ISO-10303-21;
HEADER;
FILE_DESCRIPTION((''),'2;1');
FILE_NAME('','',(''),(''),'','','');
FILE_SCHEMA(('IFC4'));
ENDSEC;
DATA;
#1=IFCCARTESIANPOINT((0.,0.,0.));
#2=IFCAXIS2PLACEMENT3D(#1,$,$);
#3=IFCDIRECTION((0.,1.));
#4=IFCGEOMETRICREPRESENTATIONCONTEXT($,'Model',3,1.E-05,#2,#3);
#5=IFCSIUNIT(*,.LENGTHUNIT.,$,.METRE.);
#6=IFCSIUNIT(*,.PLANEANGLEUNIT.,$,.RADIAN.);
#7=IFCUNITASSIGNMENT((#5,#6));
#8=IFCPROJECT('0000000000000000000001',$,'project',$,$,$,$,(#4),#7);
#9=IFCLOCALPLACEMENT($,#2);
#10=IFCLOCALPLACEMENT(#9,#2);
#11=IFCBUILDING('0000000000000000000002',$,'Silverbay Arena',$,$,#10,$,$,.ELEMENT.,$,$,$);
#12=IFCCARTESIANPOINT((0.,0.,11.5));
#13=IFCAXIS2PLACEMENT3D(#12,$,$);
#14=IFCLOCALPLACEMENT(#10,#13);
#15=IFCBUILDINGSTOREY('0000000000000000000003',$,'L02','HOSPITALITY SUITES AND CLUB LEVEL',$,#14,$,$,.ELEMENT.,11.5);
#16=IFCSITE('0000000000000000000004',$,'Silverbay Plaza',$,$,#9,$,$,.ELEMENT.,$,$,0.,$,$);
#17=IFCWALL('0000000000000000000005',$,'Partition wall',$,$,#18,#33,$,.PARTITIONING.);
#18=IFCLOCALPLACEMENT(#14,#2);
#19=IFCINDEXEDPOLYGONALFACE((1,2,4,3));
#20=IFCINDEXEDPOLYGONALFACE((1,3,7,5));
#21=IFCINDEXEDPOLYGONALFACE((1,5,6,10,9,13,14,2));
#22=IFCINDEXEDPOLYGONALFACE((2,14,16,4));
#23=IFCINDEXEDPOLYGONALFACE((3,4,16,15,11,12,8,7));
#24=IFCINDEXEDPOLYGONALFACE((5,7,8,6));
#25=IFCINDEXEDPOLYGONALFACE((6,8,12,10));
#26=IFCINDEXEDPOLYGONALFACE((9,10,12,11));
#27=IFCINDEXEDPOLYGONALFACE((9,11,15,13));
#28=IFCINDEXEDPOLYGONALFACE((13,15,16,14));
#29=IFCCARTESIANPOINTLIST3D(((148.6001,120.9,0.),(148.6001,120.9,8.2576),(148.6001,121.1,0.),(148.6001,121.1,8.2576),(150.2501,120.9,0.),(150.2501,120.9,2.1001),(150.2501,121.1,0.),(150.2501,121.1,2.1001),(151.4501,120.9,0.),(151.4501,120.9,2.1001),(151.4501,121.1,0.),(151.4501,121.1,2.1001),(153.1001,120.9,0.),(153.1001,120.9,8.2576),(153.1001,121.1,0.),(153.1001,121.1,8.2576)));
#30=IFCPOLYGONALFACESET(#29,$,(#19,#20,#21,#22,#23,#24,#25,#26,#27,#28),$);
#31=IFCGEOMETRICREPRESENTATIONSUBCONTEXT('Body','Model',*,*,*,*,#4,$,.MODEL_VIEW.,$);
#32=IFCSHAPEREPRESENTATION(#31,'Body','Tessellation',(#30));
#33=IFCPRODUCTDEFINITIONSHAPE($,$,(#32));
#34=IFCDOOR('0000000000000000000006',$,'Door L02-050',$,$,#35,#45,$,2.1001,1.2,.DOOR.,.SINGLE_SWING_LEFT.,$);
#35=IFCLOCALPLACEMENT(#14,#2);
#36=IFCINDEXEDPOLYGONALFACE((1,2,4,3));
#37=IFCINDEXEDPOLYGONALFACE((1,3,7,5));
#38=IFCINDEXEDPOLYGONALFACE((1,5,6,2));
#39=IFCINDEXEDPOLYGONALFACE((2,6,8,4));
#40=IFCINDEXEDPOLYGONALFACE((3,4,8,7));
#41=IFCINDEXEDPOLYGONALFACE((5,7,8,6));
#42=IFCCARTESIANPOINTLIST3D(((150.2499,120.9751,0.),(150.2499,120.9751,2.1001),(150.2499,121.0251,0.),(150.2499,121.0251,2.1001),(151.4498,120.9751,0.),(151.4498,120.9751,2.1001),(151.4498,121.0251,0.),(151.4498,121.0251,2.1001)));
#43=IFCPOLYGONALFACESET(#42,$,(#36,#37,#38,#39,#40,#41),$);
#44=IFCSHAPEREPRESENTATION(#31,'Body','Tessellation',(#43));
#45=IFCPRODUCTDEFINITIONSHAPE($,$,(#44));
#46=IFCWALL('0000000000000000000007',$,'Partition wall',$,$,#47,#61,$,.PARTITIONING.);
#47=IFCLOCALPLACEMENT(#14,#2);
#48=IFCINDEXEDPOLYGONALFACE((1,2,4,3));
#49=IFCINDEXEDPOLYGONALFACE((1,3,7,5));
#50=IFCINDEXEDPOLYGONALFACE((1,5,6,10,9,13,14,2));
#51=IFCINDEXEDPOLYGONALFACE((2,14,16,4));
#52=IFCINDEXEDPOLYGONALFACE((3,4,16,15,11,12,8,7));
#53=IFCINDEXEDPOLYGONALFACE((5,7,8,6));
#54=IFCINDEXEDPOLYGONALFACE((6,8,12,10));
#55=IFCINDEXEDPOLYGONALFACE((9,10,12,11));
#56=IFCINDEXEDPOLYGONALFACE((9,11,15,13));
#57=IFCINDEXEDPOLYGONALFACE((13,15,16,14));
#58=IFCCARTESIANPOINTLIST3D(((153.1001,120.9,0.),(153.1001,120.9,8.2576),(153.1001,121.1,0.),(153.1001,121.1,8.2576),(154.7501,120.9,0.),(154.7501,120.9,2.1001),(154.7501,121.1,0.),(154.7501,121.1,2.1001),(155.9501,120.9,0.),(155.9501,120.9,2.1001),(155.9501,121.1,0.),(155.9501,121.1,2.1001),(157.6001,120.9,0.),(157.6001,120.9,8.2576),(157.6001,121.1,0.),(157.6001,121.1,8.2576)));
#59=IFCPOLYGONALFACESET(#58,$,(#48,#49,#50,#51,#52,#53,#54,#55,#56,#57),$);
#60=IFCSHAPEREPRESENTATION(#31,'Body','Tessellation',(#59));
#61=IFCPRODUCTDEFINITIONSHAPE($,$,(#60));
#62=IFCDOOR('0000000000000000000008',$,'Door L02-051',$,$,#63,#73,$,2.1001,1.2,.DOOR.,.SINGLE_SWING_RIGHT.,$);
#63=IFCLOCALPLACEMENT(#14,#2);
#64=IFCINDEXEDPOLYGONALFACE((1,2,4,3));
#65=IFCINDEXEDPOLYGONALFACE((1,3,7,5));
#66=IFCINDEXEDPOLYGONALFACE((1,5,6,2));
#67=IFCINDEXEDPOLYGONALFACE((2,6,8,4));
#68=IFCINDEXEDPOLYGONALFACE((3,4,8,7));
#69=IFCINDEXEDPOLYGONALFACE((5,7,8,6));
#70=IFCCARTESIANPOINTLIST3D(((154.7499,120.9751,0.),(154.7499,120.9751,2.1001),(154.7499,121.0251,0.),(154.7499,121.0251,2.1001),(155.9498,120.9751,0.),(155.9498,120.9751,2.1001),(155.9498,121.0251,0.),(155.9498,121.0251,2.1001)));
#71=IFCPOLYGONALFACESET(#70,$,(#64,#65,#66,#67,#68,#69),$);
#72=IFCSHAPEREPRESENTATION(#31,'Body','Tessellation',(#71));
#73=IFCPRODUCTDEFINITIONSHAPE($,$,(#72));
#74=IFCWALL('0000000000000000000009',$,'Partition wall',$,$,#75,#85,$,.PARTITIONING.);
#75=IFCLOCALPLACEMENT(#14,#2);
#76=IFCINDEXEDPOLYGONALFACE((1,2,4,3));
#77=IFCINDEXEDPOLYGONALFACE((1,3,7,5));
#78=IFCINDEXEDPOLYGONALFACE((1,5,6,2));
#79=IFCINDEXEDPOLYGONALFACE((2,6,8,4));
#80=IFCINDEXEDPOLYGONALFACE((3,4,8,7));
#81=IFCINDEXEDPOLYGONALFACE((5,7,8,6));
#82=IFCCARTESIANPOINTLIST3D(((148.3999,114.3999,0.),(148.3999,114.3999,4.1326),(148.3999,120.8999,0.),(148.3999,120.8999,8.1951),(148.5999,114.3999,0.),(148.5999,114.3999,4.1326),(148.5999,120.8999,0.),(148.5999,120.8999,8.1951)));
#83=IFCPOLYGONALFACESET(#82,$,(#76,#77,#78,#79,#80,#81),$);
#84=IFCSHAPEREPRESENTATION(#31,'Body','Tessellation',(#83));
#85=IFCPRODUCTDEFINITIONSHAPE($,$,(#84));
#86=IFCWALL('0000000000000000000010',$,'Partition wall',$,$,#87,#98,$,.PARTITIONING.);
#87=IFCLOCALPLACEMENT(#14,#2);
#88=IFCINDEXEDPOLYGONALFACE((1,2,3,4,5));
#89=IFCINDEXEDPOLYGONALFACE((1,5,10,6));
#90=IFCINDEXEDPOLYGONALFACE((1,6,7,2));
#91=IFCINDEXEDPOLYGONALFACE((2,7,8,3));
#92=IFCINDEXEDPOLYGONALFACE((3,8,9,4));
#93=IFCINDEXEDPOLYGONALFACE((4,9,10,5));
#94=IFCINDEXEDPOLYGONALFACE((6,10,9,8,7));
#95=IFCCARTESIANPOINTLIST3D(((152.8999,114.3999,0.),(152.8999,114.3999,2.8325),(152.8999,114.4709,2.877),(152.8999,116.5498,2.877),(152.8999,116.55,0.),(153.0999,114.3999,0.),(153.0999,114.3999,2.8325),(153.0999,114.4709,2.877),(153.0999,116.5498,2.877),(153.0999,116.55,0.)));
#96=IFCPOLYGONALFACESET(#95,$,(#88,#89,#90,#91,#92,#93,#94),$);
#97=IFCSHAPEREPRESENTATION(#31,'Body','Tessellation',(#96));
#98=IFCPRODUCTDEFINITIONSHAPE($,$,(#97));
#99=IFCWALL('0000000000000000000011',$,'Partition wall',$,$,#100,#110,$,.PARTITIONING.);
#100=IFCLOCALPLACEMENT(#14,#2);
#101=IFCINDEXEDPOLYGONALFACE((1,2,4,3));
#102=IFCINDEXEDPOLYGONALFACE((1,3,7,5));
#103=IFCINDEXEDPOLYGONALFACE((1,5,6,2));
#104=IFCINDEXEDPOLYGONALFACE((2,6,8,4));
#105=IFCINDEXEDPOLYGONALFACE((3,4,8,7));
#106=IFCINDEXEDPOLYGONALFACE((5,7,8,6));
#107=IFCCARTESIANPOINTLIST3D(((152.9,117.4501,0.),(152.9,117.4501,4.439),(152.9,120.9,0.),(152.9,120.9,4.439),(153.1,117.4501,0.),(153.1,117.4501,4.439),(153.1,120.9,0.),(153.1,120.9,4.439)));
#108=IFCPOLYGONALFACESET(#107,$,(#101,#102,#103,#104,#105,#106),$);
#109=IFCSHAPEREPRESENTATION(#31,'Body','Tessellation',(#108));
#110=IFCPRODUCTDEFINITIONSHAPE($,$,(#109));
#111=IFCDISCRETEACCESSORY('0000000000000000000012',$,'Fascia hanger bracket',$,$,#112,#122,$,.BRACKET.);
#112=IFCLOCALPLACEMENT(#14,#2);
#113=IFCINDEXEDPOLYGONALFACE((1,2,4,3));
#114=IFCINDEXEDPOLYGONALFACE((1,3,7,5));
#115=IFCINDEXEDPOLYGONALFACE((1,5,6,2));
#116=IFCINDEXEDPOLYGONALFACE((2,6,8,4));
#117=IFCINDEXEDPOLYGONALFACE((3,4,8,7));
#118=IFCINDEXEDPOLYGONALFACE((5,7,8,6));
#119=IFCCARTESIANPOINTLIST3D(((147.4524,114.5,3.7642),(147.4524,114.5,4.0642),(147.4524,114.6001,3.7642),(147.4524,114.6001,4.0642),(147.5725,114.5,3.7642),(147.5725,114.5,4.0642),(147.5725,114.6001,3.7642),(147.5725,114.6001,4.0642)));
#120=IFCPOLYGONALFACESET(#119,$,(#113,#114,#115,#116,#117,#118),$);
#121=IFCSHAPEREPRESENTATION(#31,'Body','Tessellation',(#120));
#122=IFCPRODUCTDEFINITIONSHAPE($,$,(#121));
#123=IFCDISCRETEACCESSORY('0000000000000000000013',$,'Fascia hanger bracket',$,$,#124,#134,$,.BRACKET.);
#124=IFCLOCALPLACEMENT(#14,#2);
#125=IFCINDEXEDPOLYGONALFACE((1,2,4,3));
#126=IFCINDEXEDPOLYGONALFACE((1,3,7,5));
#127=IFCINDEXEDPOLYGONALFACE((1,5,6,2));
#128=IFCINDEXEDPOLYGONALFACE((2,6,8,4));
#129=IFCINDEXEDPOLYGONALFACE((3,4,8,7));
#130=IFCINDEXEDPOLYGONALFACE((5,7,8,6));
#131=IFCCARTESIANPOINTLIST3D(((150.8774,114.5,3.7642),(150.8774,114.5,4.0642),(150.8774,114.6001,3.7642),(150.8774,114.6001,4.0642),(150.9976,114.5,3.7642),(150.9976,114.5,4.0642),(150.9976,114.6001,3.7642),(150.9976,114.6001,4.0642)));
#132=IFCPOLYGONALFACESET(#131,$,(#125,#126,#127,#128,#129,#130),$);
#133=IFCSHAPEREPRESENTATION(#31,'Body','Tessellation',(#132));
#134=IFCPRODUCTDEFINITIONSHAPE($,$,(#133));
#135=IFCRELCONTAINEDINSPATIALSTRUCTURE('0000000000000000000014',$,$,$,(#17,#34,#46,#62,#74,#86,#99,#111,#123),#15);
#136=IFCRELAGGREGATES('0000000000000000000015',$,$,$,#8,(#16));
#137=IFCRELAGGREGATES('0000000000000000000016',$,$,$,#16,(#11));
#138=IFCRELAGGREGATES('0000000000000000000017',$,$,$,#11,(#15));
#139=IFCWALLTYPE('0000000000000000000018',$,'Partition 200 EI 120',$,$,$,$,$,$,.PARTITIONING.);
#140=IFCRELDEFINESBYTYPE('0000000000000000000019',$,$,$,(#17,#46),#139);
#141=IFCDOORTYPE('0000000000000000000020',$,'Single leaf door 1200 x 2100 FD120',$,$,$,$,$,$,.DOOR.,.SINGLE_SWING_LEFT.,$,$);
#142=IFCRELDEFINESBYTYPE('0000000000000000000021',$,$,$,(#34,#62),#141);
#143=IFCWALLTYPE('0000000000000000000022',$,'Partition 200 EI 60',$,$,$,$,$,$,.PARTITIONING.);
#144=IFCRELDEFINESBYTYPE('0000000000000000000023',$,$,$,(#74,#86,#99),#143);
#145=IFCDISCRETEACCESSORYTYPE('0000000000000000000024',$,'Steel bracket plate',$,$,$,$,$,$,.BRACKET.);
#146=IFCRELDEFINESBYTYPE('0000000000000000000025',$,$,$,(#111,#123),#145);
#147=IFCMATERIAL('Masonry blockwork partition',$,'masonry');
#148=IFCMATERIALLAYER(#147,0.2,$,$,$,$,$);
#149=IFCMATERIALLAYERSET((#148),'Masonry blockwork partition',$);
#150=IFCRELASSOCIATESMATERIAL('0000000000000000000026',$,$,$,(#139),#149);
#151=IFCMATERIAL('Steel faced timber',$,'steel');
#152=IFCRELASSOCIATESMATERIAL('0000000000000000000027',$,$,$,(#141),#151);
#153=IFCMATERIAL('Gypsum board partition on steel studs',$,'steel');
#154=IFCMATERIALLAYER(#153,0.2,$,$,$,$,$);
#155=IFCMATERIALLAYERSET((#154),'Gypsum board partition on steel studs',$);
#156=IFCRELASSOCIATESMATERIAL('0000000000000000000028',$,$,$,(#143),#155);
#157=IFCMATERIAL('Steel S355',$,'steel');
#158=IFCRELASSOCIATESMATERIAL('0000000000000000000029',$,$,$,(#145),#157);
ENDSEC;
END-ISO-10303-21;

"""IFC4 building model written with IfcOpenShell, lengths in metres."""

from ifc_helpers import new_model, si_unit, direction, frame, frame_2d, origin, origin_2d, place, context, subcontext, project, spatial, polyline, rectangle, outline, extrude, material, layer, layer_set, type_object, element, fill, save


model = new_model("IFC4")

# Units and contexts
model_context = context("Model", 3, precision=1e-05, world=origin(), true_north=direction((0.0, 1.0)))
body_context = subcontext(model_context, "Body", "Model", "MODEL_VIEW")
ifc_project = project(units=[si_unit("LENGTHUNIT", "METRE"), si_unit("PLANEANGLEUNIT", "RADIAN")], contexts=[model_context])

# Site, building, storey
site_placement = place(None, origin())
site = spatial("IfcSite", under=ifc_project, at=site_placement, Name="Silverbay Plaza", CompositionType="ELEMENT", RefElevation=0.0)
building_placement = place(site_placement, origin())
building = spatial("IfcBuilding", under=site, at=building_placement, Name="Silverbay Arena", CompositionType="ELEMENT")
storey_placement = place(building_placement, frame((0.0, 0.0, 11.5)))
storey = spatial("IfcBuildingStorey", under=building, at=storey_placement, Name="L02", Description="HOSPITALITY SUITES AND CLUB LEVEL", CompositionType="ELEMENT", Elevation=11.5)

# Walls, openings, doors
ifc_material_1 = material(Name="Masonry blockwork partition", Category="masonry")
ifc_layer_1 = layer(ifc_material_1, 0.2)
ifc_layer_set_1 = layer_set([ifc_layer_1], Name="Masonry blockwork partition")
wall_type_1 = type_object("IfcWallType", Name="Partition 200 EI 120", PredefinedType="PARTITIONING", material=ifc_layer_set_1)
wall_1_placement = place(storey_placement, frame((148.6001, 121.0, 0.0), z_axis=(0.0, 0.0, 1.0), x_axis=(1.0, 0.0, 0.0)))
wall_1 = element("IfcWall", 1, at=wall_1_placement, inside=storey, type_object=wall_type_1, Name="Partition wall", PredefinedType="PARTITIONING", context=body_context, shape_type="SweptSolid", body=[
    extrude(rectangle(XDim=4.5, YDim=0.2, at=frame_2d((2.25, 0.0))), origin(), (0.0, 0.0, 1.0), 8.2576),
])
opening_1_placement = place(wall_1_placement, frame((1.6499, 0.0, 0.0)))
opening_1 = element("IfcOpeningElement", 2, at=opening_1_placement, cuts=wall_1, PredefinedType="OPENING", context=body_context, shape_type="SweptSolid", body=[
    extrude(rectangle(XDim=1.2, YDim=2.1001, at=frame_2d((0.6001, 1.05))), frame((0.0, 0.1099, 0.0), z_axis=(0.0, -1.0, 0.0), x_axis=(1.0, 0.0, 0.0)), (0.0, 0.0, 1.0), 0.22),
])
ifc_material_2 = material(Name="Steel faced timber", Category="steel")
door_type = type_object("IfcDoorType", Name="Single leaf door 1200 x 2100 FD120", OperationType="SINGLE_SWING_LEFT", PredefinedType="DOOR", material=ifc_material_2)
door_1_placement = place(opening_1_placement, frame((1.2, 0.0, 0.0), z_axis=(0.0, 0.0, 1.0), x_axis=(-1.0, 0.0, 0.0)))
door_1 = element("IfcDoor", 3, at=door_1_placement, inside=storey, type_object=door_type, Name="Door L02-050", OperationType="SINGLE_SWING_LEFT", OverallHeight=2.1001, OverallWidth=1.2, PredefinedType="DOOR", context=body_context, shape_type="SweptSolid", body=[
    extrude(rectangle(XDim=1.2, YDim=2.1001, at=frame_2d((0.6001, 1.05))), frame((0.0, 0.0249, 0.0), z_axis=(0.0, -1.0, 0.0), x_axis=(1.0, 0.0, 0.0)), (0.0, 0.0, 1.0), 0.05),
])
fill(opening_1, door_1)
wall_2_placement = place(storey_placement, frame((153.1001, 121.0, 0.0), z_axis=(0.0, 0.0, 1.0), x_axis=(1.0, 0.0, 0.0)))
wall_2 = element("IfcWall", 4, at=wall_2_placement, inside=storey, type_object=wall_type_1, Name="Partition wall", PredefinedType="PARTITIONING", context=body_context, shape_type="SweptSolid", body=[
    extrude(rectangle(XDim=4.5, YDim=0.2, at=frame_2d((2.25, 0.0))), origin(), (0.0, 0.0, 1.0), 8.2576),
])
opening_2_placement = place(wall_2_placement, frame((1.6499, 0.0, 0.0)))
opening_2 = element("IfcOpeningElement", 5, at=opening_2_placement, cuts=wall_2, PredefinedType="OPENING", context=body_context, shape_type="SweptSolid", body=[
    extrude(rectangle(XDim=1.2, YDim=2.1001, at=frame_2d((0.6001, 1.05))), frame((0.0, 0.1099, 0.0), z_axis=(0.0, -1.0, 0.0), x_axis=(1.0, 0.0, 0.0)), (0.0, 0.0, 1.0), 0.22),
])
door_2_placement = place(opening_2_placement, frame((1.2, 0.0, 0.0), z_axis=(0.0, 0.0, 1.0), x_axis=(-1.0, 0.0, 0.0)))
door_2 = element("IfcDoor", 6, at=door_2_placement, inside=storey, type_object=door_type, Name="Door L02-051", OperationType="SINGLE_SWING_RIGHT", OverallHeight=2.1001, OverallWidth=1.2, PredefinedType="DOOR", context=body_context, shape_type="SweptSolid", body=[
    extrude(rectangle(XDim=1.2, YDim=2.1001, at=frame_2d((0.6001, 1.05))), frame((0.0, 0.0249, 0.0), z_axis=(0.0, -1.0, 0.0), x_axis=(1.0, 0.0, 0.0)), (0.0, 0.0, 1.0), 0.05),
])
fill(opening_2, door_2)

# Walls
ifc_material_3 = material(Name="Gypsum board partition on steel studs", Category="steel")
ifc_layer_2 = layer(ifc_material_3, 0.2)
ifc_layer_set_2 = layer_set([ifc_layer_2], Name="Gypsum board partition on steel studs")
wall_type_2 = type_object("IfcWallType", Name="Partition 200 EI 60", PredefinedType="PARTITIONING", material=ifc_layer_set_2)
wall_3_placement = place(storey_placement, frame((148.5, 114.3999, 0.0), z_axis=(0.0, 0.0, 1.0), x_axis=(0.0, 1.0, 0.0)))
element("IfcWall", 7, at=wall_3_placement, inside=storey, type_object=wall_type_2, Name="Partition wall", PredefinedType="PARTITIONING", context=body_context, shape_type="SweptSolid", body=[
    extrude(outline(polyline([(0.0, 0.0), (6.5, 0.0), (6.5, 8.1951), (0.0, 4.1326), (0.0, 0.0)])), frame((0.0, 0.1001, 0.0), z_axis=(0.0, -1.0, 0.0), x_axis=(1.0, 0.0, 0.0)), (0.0, 0.0, 1.0), 0.2),
])
wall_4_placement = place(storey_placement, frame((153.0, 114.3999, 0.0), z_axis=(0.0, 0.0, 1.0), x_axis=(0.0, 1.0, 0.0)))
element("IfcWall", 8, at=wall_4_placement, inside=storey, type_object=wall_type_2, Name="Partition wall", PredefinedType="PARTITIONING", context=body_context, shape_type="SweptSolid", body=[
    extrude(outline(polyline([(0.0, 0.0), (2.1501, 0.0), (2.1499, 2.877), (0.071, 2.877), (0.0, 2.8325), (0.0, 0.0)])), frame((0.0, 0.1001, 0.0), z_axis=(0.0, -1.0, 0.0), x_axis=(1.0, 0.0, 0.0)), (0.0, 0.0, 1.0), 0.2),
])
wall_5_placement = place(storey_placement, frame((153.0, 117.45, 0.0), z_axis=(0.0, 0.0, 1.0), x_axis=(0.0, 1.0, 0.0)))
element("IfcWall", 9, at=wall_5_placement, inside=storey, type_object=wall_type_2, Name="Partition wall", PredefinedType="PARTITIONING", context=body_context, shape_type="SweptSolid", body=[
    extrude(rectangle(XDim=3.45, YDim=0.2, at=frame_2d((1.7251, 0.0))), origin(), (0.0, 0.0, 1.0), 4.439),
])

# Discrete accessories
ifc_material_4 = material(Name="Steel S355", Category="steel")
discrete_accessory_type = type_object("IfcDiscreteAccessoryType", Name="Steel bracket plate", PredefinedType="BRACKET", material=ifc_material_4)
for number, where, z_axis, x_axis, name in (
    (10, (147.5125, 114.55, 3.7642), (0.0, 0.0, 1.0), (1.0, 0.0, 0.0), "Fascia hanger bracket"),
    (11, (150.9375, 114.55, 3.7642), (0.0, 0.0, 1.0), (1.0, 0.0, 0.0), "Fascia hanger bracket"),
):
    element("IfcDiscreteAccessory", number, at=place(storey_placement, frame(where, z_axis=z_axis, x_axis=x_axis)), inside=storey, type_object=discrete_accessory_type, Name=name, PredefinedType="BRACKET", context=body_context, shape_type="SweptSolid", body=[
        extrude(rectangle(XDim=0.1201, YDim=0.1001, at=origin_2d()), origin(), (0.0, 0.0, 1.0), 0.3),
    ])

save(model, "model.ifc")
